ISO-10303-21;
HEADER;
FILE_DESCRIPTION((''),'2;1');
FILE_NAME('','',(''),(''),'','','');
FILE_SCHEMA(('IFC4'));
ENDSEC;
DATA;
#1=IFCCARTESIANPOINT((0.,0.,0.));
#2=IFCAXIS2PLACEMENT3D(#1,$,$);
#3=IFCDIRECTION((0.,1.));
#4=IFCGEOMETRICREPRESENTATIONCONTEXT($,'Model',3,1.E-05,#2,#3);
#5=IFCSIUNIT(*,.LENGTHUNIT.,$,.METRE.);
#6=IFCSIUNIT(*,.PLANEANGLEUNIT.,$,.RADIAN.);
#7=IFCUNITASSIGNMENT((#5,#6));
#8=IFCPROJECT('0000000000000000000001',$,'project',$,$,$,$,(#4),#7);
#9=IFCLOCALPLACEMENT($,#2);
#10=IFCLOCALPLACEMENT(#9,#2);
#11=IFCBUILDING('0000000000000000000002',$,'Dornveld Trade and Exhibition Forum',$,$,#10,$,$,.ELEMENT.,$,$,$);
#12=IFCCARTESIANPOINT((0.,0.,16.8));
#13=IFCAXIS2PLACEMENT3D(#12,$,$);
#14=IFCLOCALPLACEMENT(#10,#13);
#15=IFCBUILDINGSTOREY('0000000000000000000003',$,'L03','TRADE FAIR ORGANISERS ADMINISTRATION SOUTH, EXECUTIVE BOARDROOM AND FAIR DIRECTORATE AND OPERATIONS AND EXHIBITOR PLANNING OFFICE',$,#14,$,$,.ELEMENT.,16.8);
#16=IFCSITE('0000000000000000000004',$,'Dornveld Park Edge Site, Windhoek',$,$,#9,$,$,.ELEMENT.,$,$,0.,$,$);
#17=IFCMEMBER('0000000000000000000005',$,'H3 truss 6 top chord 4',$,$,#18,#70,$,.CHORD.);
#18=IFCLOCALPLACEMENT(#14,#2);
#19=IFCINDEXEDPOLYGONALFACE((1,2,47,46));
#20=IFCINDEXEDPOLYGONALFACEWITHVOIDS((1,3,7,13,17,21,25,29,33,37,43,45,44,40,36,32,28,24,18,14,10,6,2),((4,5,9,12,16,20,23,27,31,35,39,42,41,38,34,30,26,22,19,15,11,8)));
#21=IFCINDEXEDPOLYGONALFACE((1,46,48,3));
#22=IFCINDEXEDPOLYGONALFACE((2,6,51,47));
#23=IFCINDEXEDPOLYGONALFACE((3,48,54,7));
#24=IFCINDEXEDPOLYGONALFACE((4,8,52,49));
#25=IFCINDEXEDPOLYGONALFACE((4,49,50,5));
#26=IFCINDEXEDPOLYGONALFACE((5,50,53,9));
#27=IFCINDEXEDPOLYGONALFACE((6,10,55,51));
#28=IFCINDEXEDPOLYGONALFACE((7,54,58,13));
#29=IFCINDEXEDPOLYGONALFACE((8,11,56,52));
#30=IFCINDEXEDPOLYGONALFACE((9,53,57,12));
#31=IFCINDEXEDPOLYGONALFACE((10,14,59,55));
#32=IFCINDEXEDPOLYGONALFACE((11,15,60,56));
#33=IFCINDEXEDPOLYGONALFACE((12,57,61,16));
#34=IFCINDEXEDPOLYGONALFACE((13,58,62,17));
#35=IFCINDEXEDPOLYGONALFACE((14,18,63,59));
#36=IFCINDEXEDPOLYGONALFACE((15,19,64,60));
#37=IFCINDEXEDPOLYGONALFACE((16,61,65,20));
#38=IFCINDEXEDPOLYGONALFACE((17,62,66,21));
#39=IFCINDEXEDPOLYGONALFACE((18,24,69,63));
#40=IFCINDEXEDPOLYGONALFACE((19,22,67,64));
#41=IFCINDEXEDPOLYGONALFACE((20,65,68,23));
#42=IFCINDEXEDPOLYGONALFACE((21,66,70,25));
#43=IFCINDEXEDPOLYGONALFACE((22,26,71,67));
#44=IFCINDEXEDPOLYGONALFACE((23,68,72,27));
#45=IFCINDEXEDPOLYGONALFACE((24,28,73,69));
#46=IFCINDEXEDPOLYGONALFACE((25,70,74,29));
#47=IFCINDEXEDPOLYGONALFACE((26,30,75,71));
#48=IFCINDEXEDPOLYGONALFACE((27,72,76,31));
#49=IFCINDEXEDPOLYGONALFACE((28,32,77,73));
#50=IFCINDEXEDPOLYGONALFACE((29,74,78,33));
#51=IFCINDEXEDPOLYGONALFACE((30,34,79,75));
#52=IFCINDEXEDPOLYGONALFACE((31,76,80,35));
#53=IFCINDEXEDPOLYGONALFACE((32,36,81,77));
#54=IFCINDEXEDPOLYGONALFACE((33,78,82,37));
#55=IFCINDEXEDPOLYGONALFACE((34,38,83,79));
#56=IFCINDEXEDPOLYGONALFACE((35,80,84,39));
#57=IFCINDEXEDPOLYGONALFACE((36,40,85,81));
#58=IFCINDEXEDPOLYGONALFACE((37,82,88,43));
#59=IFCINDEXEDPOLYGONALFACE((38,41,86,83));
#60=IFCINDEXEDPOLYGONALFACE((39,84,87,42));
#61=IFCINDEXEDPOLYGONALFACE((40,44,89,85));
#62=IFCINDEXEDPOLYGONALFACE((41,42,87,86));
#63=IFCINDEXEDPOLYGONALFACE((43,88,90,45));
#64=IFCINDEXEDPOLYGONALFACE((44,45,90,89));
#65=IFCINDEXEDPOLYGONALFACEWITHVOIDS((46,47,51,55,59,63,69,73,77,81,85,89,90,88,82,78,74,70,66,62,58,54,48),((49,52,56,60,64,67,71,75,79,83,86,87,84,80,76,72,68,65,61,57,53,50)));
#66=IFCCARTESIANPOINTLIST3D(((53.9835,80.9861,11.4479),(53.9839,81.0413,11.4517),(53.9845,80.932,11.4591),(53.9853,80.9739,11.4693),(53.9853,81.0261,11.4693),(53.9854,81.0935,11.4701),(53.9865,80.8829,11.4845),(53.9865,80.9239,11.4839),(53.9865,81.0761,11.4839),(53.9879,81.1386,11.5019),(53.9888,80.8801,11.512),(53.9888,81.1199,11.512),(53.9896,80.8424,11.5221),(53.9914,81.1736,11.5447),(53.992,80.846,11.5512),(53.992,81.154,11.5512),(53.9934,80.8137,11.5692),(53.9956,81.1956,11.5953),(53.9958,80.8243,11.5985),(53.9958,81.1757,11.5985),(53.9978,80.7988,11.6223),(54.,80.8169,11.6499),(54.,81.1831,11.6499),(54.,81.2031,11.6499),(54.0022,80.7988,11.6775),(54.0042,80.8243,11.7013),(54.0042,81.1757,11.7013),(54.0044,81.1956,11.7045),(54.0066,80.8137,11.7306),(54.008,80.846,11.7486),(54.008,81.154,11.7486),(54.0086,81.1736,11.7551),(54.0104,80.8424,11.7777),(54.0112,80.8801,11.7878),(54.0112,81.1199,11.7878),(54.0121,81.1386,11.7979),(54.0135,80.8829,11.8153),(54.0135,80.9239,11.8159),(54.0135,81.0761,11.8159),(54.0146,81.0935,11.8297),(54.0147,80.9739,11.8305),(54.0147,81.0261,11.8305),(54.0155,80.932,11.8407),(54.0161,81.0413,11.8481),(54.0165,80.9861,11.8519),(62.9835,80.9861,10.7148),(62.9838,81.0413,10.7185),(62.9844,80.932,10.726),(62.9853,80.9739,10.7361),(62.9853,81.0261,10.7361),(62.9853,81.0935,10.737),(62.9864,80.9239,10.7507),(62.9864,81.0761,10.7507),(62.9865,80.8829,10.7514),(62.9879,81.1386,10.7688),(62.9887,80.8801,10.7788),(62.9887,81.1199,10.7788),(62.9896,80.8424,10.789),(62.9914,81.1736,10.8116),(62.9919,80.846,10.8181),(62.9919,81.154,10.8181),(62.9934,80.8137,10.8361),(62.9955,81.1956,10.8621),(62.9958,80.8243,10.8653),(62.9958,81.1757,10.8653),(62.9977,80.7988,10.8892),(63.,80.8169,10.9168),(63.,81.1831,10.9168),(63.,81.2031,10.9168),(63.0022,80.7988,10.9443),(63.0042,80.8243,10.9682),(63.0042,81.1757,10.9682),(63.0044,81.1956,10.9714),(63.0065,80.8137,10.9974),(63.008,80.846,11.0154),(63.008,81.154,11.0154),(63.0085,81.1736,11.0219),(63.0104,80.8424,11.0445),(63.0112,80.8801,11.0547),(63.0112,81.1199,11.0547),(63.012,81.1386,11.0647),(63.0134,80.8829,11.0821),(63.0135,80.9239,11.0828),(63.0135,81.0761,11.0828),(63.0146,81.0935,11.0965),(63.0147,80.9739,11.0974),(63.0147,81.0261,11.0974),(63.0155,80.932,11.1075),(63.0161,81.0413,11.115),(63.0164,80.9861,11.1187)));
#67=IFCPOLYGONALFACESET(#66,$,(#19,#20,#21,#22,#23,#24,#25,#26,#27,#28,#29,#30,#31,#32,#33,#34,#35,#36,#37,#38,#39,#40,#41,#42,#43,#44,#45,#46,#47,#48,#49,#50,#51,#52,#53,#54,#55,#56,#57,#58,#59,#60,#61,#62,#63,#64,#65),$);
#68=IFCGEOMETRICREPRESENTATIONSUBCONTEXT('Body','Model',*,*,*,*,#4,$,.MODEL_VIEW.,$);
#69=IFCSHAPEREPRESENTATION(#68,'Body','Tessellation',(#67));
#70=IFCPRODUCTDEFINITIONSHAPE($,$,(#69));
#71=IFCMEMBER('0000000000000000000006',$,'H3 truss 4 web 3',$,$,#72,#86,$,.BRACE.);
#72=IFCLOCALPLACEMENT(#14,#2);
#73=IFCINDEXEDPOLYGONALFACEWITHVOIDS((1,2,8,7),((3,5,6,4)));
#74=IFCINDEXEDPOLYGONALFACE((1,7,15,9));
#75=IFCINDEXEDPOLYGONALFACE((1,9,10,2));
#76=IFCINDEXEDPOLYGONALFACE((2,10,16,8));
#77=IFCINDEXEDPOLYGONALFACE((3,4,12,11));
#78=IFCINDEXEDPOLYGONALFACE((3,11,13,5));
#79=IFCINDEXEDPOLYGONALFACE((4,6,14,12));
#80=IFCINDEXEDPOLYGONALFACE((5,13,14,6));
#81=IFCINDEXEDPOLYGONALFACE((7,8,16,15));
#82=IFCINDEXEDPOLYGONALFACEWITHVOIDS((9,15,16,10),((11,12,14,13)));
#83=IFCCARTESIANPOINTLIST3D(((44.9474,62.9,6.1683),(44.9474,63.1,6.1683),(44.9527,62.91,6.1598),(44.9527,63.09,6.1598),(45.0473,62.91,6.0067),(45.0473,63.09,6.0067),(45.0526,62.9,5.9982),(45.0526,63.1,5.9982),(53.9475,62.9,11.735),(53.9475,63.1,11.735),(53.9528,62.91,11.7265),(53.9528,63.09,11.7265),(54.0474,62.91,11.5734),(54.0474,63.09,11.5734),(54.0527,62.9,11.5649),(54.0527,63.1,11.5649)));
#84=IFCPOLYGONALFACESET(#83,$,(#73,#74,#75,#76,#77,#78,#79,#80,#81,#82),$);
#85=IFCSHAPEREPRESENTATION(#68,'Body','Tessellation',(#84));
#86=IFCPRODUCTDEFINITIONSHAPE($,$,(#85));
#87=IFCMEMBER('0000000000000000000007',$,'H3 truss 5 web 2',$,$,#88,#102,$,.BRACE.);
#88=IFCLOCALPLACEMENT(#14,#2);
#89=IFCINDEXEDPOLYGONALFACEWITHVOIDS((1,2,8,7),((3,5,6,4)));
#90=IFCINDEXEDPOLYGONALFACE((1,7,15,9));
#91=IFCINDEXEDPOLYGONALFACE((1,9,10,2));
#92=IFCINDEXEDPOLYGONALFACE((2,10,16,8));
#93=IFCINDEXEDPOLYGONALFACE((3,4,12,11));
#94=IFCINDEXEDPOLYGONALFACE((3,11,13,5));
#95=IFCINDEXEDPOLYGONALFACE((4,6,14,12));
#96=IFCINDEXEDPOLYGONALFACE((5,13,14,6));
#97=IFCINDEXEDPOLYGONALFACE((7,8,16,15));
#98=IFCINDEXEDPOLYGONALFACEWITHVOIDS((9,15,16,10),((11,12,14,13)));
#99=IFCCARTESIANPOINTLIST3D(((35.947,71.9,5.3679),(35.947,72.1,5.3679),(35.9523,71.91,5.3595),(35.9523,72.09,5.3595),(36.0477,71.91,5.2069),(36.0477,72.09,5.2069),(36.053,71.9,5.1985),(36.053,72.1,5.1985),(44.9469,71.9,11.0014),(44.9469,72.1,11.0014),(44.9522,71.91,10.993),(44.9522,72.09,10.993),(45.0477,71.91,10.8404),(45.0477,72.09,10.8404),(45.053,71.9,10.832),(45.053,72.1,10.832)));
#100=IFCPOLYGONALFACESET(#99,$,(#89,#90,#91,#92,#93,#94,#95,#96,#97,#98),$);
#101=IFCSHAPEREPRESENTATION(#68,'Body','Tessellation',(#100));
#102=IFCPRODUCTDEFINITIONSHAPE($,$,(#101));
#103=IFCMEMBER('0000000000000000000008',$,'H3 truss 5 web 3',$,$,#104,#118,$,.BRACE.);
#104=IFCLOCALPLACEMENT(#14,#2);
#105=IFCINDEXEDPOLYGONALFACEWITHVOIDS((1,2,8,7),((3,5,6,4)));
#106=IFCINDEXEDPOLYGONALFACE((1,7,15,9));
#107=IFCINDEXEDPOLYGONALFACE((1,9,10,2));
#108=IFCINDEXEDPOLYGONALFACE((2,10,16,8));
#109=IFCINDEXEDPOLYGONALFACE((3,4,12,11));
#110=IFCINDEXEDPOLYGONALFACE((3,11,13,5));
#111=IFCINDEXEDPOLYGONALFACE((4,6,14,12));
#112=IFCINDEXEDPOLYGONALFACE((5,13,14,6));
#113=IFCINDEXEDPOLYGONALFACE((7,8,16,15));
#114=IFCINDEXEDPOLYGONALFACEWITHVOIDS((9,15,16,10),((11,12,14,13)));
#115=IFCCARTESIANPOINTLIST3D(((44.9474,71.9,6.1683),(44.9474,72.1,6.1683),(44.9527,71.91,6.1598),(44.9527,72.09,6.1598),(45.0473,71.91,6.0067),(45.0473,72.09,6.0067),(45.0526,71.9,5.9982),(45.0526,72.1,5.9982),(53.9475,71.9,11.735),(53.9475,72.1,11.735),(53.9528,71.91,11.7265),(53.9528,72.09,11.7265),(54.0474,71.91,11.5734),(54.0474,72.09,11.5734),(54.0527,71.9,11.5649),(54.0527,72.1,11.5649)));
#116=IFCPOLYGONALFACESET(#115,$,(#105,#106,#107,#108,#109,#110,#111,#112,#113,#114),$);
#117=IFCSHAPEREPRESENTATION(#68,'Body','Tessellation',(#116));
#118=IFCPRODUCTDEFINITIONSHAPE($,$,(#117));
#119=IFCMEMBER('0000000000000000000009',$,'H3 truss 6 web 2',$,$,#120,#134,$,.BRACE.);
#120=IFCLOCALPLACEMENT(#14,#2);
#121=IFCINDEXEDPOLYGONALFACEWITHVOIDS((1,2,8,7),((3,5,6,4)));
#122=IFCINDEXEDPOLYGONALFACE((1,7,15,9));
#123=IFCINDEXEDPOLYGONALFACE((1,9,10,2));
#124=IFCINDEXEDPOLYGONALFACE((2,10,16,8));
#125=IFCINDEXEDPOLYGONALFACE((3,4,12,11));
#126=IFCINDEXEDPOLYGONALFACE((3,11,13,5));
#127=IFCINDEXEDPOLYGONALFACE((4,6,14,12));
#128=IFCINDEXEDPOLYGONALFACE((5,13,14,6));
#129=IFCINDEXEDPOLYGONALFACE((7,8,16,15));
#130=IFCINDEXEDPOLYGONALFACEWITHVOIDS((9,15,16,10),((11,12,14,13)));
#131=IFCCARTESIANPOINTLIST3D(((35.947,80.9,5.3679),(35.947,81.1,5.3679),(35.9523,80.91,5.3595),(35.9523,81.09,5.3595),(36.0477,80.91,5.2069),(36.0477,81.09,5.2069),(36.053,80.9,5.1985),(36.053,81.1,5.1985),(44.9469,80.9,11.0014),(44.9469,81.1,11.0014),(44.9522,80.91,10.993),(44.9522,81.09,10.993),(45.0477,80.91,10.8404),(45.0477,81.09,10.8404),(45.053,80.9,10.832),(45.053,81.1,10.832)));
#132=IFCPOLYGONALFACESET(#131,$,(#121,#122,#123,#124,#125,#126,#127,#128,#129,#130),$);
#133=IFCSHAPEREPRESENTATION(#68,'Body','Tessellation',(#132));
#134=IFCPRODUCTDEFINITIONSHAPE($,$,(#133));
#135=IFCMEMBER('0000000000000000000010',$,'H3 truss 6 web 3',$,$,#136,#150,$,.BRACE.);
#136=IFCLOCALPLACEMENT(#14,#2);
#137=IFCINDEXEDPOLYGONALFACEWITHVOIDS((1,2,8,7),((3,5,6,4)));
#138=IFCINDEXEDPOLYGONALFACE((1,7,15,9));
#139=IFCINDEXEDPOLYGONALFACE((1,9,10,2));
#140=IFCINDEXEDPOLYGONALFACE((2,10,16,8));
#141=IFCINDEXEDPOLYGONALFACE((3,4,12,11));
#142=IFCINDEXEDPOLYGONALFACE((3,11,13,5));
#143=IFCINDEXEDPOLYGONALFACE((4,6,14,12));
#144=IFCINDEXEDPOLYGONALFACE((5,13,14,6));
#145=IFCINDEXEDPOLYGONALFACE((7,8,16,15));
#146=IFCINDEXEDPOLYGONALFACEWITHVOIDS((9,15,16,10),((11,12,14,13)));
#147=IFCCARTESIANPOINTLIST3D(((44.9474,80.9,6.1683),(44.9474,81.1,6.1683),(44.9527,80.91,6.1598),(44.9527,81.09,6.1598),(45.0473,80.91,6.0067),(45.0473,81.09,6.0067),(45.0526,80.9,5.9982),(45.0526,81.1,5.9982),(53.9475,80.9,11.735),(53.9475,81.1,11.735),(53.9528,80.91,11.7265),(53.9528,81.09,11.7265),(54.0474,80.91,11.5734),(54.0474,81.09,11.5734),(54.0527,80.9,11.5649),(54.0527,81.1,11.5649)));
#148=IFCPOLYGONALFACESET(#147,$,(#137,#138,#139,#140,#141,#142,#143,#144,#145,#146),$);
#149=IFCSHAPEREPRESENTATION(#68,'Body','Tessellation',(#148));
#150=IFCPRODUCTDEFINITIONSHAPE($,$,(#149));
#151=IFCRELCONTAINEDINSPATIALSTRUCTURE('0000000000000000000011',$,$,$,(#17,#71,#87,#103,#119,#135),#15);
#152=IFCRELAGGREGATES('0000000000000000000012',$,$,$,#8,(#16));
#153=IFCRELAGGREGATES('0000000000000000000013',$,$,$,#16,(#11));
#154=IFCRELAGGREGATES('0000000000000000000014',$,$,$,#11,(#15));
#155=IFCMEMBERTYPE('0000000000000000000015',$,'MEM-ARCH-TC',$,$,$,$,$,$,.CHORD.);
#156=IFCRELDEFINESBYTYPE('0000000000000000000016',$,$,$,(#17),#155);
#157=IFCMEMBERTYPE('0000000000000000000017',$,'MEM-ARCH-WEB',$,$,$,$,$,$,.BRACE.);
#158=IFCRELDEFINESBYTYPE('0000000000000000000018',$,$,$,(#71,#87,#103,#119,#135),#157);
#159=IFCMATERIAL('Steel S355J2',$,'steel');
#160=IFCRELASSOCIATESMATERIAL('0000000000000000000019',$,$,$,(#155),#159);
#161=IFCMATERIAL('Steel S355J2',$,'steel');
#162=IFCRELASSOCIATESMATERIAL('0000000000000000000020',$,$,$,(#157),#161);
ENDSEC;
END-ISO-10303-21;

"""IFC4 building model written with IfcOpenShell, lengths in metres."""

from ifc_helpers import new_model, si_unit, direction, frame, origin, origin_2d, place, context, subcontext, project, spatial, hollow_rectangle, hollow_circle, extrude, material, material_profile, profile_set, type_object, element, save


model = new_model("IFC4")

# Units and contexts
model_context = context("Model", 3, precision=1e-05, world=origin(), true_north=direction((0.0, 1.0)))
body_context = subcontext(model_context, "Body", "Model", "MODEL_VIEW")
ifc_project = project(units=[si_unit("LENGTHUNIT", "METRE"), si_unit("PLANEANGLEUNIT", "RADIAN")], contexts=[model_context])

# Site, building, storey
site_placement = place(None, origin())
site = spatial("IfcSite", under=ifc_project, at=site_placement, Name="Dornveld Park Edge Site, Windhoek", CompositionType="ELEMENT", RefElevation=0.0)
building_placement = place(site_placement, origin())
building = spatial("IfcBuilding", under=site, at=building_placement, Name="Dornveld Trade and Exhibition Forum", CompositionType="ELEMENT")
storey_placement = place(building_placement, frame((0.0, 0.0, 16.8)))
storey = spatial("IfcBuildingStorey", under=building, at=storey_placement, Name="L03", Description="TRADE FAIR ORGANISERS ADMINISTRATION SOUTH, EXECUTIVE BOARDROOM AND FAIR DIRECTORATE AND OPERATIONS AND EXHIBITOR PLANNING OFFICE", CompositionType="ELEMENT", Elevation=16.8)

# Members
ifc_material_1 = material(Name="Steel S355J2", Category="steel")
ifc_material_profile_1 = material_profile(ifc_material_1, hollow_circle(Radius=0.2031, WallThickness=0.02, at=origin_2d()), Name="CHS 406.4x20")
ifc_profile_set_1 = profile_set([ifc_material_profile_1], Name="Steel S355J2")
member_type_1 = type_object("IfcMemberType", Name="MEM-ARCH-TC", PredefinedType="CHORD", material=ifc_profile_set_1)
for number, where, z_axis, x_axis, name in (
    (1, (54.0, 81.0, 11.6499), (0.996698, 0.0, -0.081193), (0.0, 1.0, 0.0), "H3 truss 6 top chord 4"),
):
    element("IfcMember", number, at=place(storey_placement, frame(where, z_axis=z_axis, x_axis=x_axis)), inside=storey, type_object=member_type_1, Name=name, PredefinedType="CHORD", context=body_context, shape_type="SweptSolid", body=[
        extrude(hollow_circle(Radius=0.2031, WallThickness=0.02, at=origin_2d()), origin(), (0.0, 0.0, 1.0), 9.0298),
    ])
ifc_material_2 = material(Name="Steel S355J2", Category="steel")
ifc_material_profile_2 = material_profile(ifc_material_2, hollow_rectangle(XDim=0.2, YDim=0.2, WallThickness=0.01, at=origin_2d()), Name="SHS 200x200x10")
ifc_profile_set_2 = profile_set([ifc_material_profile_2], Name="Steel S355J2")
member_type_2 = type_object("IfcMemberType", Name="MEM-ARCH-WEB", PredefinedType="BRACE", material=ifc_profile_set_2)
member_1_placement = place(storey_placement, frame((45.0, 63.0, 6.0833), z_axis=(0.850467, 0.0, 0.526028), x_axis=(0.0, 1.0, 0.0)))
element("IfcMember", 2, at=member_1_placement, inside=storey, type_object=member_type_2, Name="H3 truss 4 web 3", PredefinedType="BRACE", context=body_context, shape_type="SweptSolid", body=[
    extrude(hollow_rectangle(XDim=0.2, YDim=0.2, WallThickness=0.01, at=origin_2d()), origin(), (0.0, 0.0, 1.0), 10.5825),
])
member_2_placement = place(storey_placement, frame((36.0, 72.0, 5.2832), z_axis=(0.847636, 0.0, 0.530578), x_axis=(0.0, 1.0, 0.0)))
element("IfcMember", 3, at=member_2_placement, inside=storey, type_object=member_type_2, Name="H3 truss 5 web 2", PredefinedType="BRACE", context=body_context, shape_type="SweptSolid", body=[
    extrude(hollow_rectangle(XDim=0.2, YDim=0.2, WallThickness=0.01, at=origin_2d()), origin(), (0.0, 0.0, 1.0), 10.6177),
])
member_3_placement = place(storey_placement, frame((45.0, 72.0, 6.0833), z_axis=(0.850467, 0.0, 0.526028), x_axis=(0.0, 1.0, 0.0)))
element("IfcMember", 4, at=member_3_placement, inside=storey, type_object=member_type_2, Name="H3 truss 5 web 3", PredefinedType="BRACE", context=body_context, shape_type="SweptSolid", body=[
    extrude(hollow_rectangle(XDim=0.2, YDim=0.2, WallThickness=0.01, at=origin_2d()), origin(), (0.0, 0.0, 1.0), 10.5825),
])
member_4_placement = place(storey_placement, frame((36.0, 81.0, 5.2832), z_axis=(0.847636, 0.0, 0.530578), x_axis=(0.0, 1.0, 0.0)))
element("IfcMember", 5, at=member_4_placement, inside=storey, type_object=member_type_2, Name="H3 truss 6 web 2", PredefinedType="BRACE", context=body_context, shape_type="SweptSolid", body=[
    extrude(hollow_rectangle(XDim=0.2, YDim=0.2, WallThickness=0.01, at=origin_2d()), origin(), (0.0, 0.0, 1.0), 10.6177),
])
member_5_placement = place(storey_placement, frame((45.0, 81.0, 6.0833), z_axis=(0.850467, 0.0, 0.526028), x_axis=(0.0, 1.0, 0.0)))
element("IfcMember", 6, at=member_5_placement, inside=storey, type_object=member_type_2, Name="H3 truss 6 web 3", PredefinedType="BRACE", context=body_context, shape_type="SweptSolid", body=[
    extrude(hollow_rectangle(XDim=0.2, YDim=0.2, WallThickness=0.01, at=origin_2d()), origin(), (0.0, 0.0, 1.0), 10.5825),
])

save(model, "model.ifc")
